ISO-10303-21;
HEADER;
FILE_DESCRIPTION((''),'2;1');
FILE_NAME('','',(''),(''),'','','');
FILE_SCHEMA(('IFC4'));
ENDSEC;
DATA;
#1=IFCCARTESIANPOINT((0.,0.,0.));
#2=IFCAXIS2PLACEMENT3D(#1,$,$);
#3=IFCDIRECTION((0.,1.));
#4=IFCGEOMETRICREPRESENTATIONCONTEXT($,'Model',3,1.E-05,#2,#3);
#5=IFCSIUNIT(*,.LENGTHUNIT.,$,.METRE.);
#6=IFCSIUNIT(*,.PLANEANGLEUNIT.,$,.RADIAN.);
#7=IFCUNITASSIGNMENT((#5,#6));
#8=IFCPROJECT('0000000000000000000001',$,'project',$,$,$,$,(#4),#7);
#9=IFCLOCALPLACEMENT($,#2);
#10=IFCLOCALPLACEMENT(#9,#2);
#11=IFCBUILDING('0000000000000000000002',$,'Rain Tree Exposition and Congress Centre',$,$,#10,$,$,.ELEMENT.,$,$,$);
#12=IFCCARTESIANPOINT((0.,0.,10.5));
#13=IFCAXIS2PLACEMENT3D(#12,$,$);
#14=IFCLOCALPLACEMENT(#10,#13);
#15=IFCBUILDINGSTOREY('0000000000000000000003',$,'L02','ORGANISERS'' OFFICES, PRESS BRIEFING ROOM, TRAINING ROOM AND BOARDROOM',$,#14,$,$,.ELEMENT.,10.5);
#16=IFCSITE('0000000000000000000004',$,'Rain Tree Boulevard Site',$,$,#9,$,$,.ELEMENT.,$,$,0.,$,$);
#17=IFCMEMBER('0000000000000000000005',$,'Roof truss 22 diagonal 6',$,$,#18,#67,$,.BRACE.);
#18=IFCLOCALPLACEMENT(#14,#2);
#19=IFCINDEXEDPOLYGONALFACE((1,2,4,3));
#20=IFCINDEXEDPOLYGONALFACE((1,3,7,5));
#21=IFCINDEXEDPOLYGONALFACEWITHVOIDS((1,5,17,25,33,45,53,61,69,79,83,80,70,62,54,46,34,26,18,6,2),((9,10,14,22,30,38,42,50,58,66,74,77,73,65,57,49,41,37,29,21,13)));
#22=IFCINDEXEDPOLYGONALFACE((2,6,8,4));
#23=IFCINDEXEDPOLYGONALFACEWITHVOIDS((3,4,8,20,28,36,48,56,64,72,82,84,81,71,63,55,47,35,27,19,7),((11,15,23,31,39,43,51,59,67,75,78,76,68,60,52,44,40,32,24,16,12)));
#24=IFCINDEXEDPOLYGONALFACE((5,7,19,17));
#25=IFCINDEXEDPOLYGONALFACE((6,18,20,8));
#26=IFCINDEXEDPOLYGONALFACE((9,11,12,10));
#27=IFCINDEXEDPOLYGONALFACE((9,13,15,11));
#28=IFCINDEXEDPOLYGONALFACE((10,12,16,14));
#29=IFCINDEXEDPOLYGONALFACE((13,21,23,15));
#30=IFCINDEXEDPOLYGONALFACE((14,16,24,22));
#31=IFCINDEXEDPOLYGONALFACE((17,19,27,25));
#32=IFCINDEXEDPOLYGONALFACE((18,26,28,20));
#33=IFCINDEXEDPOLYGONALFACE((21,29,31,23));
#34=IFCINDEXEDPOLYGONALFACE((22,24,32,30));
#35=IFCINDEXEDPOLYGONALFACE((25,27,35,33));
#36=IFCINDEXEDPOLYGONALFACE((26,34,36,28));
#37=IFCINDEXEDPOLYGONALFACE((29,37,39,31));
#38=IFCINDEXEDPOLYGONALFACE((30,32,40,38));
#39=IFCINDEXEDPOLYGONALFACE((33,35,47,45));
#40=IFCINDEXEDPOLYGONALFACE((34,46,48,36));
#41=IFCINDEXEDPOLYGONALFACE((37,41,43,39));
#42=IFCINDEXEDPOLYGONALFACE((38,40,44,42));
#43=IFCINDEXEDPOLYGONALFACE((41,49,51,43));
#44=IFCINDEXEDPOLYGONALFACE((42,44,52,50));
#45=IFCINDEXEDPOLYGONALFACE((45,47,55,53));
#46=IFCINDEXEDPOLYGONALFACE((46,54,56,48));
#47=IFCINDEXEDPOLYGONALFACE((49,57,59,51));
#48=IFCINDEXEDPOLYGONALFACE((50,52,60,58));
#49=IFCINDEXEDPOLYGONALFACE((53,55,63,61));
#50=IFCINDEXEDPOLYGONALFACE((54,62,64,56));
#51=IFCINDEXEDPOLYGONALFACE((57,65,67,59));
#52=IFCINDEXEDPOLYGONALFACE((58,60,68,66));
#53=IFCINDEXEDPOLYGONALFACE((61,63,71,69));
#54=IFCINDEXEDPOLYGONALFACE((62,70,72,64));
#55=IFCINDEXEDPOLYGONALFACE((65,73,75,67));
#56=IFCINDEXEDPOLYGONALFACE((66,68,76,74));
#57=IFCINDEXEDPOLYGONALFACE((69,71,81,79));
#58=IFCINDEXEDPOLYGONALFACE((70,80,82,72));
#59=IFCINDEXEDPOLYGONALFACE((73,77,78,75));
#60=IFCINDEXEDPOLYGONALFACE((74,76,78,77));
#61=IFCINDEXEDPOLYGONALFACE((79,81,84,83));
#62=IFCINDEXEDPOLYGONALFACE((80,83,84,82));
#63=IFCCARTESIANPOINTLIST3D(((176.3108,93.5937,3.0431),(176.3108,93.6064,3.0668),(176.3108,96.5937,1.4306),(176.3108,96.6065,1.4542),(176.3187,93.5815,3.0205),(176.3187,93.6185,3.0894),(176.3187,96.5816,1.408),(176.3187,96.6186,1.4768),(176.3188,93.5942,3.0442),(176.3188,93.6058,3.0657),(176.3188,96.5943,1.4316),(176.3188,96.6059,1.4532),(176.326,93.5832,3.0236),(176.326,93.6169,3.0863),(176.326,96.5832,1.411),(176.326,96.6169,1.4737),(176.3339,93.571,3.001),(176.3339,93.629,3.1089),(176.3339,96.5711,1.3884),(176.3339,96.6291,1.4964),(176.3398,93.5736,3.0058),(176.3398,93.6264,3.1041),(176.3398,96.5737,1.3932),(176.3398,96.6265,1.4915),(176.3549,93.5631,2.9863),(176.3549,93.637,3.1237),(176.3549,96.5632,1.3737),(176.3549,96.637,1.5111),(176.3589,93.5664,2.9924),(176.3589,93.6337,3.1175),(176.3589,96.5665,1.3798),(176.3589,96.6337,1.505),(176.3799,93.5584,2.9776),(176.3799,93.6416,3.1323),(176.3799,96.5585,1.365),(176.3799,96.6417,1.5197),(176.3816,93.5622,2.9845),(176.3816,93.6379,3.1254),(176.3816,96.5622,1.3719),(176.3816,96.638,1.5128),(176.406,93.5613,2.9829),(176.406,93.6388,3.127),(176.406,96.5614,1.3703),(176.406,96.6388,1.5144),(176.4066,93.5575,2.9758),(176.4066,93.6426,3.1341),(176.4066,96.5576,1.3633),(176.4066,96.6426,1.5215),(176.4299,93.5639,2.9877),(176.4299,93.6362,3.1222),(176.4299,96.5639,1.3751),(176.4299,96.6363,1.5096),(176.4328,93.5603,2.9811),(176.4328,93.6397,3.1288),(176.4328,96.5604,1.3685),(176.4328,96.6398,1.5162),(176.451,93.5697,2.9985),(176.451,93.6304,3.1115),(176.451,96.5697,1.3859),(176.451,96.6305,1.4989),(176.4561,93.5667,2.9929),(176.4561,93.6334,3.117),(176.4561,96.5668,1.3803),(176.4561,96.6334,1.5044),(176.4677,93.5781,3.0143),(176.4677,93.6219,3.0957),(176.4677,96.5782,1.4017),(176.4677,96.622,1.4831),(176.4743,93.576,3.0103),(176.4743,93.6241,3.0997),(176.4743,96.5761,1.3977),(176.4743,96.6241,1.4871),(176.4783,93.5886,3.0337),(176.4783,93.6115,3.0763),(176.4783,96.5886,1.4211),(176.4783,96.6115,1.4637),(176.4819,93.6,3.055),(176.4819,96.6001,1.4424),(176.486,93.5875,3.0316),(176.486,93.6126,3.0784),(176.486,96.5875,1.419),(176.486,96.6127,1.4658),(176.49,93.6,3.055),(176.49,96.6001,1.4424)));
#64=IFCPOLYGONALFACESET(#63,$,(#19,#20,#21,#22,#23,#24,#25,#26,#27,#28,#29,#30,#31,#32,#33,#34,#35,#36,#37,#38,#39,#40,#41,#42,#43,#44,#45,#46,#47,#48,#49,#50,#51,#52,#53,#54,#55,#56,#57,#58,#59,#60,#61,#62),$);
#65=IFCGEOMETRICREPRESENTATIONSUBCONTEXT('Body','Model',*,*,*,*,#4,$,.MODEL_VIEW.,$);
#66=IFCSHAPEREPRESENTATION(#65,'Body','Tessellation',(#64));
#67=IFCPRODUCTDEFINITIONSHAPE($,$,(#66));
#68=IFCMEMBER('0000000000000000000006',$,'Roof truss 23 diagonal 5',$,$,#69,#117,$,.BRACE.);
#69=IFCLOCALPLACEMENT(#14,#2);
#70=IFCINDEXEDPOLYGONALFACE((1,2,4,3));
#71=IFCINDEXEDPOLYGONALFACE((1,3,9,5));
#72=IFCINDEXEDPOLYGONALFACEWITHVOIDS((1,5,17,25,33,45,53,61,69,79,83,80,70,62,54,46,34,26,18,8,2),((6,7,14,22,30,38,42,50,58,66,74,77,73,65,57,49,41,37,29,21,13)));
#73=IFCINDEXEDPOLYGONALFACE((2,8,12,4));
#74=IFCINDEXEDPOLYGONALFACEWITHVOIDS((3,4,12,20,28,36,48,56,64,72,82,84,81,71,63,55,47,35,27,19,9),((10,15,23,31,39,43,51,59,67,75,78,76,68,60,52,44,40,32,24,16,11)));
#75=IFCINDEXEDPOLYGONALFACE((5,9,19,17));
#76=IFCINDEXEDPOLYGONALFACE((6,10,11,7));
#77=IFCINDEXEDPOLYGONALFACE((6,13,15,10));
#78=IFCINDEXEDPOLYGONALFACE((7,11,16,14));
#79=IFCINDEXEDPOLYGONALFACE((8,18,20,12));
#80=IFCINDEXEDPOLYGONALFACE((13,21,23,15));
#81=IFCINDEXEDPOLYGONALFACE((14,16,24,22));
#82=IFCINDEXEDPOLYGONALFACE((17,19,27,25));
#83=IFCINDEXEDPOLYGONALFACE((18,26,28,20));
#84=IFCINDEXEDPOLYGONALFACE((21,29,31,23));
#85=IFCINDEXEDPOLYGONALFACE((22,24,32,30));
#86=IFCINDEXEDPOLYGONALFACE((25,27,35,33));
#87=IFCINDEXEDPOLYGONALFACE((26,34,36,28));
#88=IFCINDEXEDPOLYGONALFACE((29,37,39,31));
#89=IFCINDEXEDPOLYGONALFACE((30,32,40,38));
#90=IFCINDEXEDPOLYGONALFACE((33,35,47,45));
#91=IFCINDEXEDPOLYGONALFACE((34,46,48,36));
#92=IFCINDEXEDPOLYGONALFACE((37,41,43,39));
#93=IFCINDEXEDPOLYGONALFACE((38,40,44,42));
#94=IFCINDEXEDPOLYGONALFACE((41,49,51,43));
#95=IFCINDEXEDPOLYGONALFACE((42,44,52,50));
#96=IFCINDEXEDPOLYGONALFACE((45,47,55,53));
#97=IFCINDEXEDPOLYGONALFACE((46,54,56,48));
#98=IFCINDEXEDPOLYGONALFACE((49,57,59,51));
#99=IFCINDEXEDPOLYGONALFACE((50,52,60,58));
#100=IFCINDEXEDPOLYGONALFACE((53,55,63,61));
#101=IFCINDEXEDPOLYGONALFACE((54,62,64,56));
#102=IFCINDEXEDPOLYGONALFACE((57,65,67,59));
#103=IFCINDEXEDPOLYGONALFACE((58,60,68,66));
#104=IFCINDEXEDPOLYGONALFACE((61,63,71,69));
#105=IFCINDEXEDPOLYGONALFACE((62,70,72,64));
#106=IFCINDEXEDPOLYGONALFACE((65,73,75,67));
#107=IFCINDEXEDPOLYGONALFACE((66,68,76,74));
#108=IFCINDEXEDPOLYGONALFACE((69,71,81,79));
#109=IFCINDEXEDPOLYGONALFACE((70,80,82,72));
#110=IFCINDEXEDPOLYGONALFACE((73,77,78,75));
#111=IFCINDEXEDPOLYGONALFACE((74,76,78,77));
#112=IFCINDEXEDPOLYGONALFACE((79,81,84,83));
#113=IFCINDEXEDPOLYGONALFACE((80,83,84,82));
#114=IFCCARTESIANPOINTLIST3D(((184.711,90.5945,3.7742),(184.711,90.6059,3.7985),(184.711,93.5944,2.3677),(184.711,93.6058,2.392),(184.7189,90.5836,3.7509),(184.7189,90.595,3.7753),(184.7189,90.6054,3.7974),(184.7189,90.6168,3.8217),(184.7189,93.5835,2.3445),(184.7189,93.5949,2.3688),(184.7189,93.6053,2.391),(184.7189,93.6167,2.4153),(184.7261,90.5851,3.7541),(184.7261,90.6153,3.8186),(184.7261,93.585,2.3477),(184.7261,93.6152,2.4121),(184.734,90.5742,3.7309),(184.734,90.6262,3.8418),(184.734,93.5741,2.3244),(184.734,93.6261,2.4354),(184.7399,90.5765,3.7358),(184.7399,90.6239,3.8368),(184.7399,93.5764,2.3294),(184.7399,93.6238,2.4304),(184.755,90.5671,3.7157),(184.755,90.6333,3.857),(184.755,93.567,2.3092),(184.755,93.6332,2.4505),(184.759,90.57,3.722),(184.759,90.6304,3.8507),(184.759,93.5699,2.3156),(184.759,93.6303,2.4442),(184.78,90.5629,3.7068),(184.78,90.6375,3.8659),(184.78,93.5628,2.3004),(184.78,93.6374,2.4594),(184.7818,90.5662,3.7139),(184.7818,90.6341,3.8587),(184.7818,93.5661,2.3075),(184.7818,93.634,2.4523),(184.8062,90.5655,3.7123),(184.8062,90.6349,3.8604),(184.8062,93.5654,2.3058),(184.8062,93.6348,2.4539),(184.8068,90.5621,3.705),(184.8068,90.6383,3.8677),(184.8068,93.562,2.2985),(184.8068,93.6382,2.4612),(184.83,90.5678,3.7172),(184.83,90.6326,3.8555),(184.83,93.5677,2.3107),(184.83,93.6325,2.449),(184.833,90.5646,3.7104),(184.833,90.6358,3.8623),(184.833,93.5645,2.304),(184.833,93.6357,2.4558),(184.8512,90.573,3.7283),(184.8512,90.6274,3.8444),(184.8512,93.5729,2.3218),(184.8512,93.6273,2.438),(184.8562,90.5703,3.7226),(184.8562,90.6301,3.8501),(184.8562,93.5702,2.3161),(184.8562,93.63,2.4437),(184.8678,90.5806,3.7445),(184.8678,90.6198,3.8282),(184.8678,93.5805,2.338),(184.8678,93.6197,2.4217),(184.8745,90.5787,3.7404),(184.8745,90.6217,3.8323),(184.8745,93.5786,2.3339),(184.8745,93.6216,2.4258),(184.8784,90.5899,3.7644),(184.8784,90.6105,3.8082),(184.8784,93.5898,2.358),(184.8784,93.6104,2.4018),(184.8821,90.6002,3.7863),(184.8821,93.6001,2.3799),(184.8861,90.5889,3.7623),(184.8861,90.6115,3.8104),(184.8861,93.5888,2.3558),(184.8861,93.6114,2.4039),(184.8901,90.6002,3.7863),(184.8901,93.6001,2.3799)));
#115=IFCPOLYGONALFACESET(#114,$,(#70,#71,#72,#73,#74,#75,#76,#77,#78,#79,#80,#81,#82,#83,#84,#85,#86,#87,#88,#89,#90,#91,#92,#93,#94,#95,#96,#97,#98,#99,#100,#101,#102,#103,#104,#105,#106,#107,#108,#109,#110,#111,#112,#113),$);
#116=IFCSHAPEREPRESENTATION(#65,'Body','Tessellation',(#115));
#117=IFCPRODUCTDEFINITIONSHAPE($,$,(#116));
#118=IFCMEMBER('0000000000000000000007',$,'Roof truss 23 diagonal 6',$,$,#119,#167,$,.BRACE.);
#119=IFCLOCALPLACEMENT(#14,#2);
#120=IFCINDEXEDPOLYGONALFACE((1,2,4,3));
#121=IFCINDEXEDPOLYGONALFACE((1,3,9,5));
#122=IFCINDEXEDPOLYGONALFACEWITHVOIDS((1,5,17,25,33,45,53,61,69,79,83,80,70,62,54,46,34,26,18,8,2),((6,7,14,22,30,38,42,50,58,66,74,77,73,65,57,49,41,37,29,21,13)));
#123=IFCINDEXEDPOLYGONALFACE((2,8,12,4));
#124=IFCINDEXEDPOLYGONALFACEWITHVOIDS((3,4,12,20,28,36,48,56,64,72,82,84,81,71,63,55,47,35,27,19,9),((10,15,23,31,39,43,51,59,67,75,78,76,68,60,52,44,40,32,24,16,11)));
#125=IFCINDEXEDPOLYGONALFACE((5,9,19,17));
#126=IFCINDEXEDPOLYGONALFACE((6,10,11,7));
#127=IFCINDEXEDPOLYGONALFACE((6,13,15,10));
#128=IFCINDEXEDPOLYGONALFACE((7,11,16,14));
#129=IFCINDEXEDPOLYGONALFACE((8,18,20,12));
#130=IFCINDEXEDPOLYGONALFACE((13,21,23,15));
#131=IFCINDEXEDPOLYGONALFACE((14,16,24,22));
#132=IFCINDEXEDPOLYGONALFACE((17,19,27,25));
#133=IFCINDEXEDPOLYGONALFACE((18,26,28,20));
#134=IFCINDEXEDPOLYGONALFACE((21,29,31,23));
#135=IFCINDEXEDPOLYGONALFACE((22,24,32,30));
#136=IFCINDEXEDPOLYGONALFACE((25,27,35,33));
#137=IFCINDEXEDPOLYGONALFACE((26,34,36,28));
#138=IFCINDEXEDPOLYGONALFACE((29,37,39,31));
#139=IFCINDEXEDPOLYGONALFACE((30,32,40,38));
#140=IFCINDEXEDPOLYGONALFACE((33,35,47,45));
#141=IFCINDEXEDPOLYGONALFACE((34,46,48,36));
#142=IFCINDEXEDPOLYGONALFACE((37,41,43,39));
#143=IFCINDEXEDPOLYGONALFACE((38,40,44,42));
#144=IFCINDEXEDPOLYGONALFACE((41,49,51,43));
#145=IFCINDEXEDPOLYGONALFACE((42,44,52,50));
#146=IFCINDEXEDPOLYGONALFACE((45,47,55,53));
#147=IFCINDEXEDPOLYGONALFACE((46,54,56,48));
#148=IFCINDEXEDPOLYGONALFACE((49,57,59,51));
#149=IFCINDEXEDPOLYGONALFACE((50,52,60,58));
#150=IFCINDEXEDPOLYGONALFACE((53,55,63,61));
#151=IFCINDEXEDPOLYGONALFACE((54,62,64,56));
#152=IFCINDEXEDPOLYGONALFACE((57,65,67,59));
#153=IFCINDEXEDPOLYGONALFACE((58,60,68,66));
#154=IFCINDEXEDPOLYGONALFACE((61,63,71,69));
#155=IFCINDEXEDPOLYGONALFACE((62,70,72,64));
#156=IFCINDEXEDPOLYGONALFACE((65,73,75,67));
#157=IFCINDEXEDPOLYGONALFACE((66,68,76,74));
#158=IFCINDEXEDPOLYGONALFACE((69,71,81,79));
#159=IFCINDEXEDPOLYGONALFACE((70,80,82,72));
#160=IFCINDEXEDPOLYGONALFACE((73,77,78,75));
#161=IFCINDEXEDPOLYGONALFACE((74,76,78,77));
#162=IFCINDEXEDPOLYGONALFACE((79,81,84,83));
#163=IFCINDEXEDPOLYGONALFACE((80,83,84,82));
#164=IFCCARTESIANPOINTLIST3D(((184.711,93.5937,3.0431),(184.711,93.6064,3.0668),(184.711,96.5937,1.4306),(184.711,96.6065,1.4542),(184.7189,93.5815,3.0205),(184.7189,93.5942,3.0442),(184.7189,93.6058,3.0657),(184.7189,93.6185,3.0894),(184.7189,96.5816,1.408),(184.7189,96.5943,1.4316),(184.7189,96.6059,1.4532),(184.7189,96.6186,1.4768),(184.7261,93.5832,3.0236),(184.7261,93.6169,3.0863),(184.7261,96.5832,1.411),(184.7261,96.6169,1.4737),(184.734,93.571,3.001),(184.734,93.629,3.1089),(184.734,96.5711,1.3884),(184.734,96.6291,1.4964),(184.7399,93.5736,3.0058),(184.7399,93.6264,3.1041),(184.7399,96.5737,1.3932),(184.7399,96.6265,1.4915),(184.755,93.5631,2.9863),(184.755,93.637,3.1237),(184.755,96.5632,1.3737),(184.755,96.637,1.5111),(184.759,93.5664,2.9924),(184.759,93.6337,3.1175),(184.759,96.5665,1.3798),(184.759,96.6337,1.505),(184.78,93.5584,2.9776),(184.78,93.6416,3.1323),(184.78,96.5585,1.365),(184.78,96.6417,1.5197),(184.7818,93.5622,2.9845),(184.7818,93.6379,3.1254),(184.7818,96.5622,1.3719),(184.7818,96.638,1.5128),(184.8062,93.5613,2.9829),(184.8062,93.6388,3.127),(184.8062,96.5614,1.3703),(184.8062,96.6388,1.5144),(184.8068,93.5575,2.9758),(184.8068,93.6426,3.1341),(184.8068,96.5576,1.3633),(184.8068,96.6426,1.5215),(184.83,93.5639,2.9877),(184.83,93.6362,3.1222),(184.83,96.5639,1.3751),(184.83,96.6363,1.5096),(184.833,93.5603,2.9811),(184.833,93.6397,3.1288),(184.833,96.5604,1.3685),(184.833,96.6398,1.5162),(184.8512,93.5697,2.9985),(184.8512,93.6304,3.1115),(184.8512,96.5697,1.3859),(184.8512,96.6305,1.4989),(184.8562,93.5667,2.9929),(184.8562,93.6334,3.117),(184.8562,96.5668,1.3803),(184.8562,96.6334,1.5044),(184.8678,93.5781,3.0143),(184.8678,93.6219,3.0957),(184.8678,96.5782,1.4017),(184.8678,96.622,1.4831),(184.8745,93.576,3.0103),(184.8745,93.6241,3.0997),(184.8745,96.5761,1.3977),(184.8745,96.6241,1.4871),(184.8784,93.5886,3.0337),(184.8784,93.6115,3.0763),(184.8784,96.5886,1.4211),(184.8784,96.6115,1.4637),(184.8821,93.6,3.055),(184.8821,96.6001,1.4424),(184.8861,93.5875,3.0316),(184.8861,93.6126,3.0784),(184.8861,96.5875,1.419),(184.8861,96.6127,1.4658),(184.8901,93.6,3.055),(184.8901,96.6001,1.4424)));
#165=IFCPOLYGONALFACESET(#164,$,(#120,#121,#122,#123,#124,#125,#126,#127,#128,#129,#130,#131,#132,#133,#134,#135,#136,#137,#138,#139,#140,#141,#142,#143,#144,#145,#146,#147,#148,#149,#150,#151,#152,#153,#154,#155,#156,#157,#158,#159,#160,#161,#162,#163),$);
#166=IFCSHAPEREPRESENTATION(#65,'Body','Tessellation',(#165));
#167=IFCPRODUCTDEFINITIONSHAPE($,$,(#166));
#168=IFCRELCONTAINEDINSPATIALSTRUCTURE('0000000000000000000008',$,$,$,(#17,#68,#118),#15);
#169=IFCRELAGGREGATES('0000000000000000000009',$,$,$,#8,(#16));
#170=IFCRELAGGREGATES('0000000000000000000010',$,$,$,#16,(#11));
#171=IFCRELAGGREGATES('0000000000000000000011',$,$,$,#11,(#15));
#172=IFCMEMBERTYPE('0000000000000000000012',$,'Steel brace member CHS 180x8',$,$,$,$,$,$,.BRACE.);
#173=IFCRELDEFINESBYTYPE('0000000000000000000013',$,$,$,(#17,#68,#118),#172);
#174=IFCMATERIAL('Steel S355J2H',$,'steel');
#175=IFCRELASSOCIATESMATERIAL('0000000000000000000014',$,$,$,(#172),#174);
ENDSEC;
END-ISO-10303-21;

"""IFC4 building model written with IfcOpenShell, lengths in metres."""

from ifc_helpers import new_model, si_unit, direction, frame, origin, origin_2d, place, context, subcontext, project, spatial, hollow_circle, extrude, material, material_profile, profile_set, type_object, element, save


model = new_model("IFC4")

# Units and contexts
model_context = context("Model", 3, precision=1e-05, world=origin(), true_north=direction((0.0, 1.0)))
body_context = subcontext(model_context, "Body", "Model", "MODEL_VIEW")
ifc_project = project(units=[si_unit("LENGTHUNIT", "METRE"), si_unit("PLANEANGLEUNIT", "RADIAN")], contexts=[model_context])

# Site, building, storey
site_placement = place(None, origin())
site = spatial("IfcSite", under=ifc_project, at=site_placement, Name="Rain Tree Boulevard Site", CompositionType="ELEMENT", RefElevation=0.0)
building_placement = place(site_placement, origin())
building = spatial("IfcBuilding", under=site, at=building_placement, Name="Rain Tree Exposition and Congress Centre", CompositionType="ELEMENT")
storey_placement = place(building_placement, frame((0.0, 0.0, 10.5)))
storey = spatial("IfcBuildingStorey", under=building, at=storey_placement, Name="L02", Description="ORGANISERS' OFFICES, PRESS BRIEFING ROOM, TRAINING ROOM AND BOARDROOM", CompositionType="ELEMENT", Elevation=10.5)

# Members
ifc_material_1 = material(Name="Steel S355J2H", Category="steel")
ifc_material_profile_1 = material_profile(ifc_material_1, hollow_circle(Radius=0.0901, WallThickness=0.0081, at=origin_2d()), Name="CHS 180x8")
ifc_profile_set_1 = profile_set([ifc_material_profile_1], Name="Steel S355J2H")
member_type_1 = type_object("IfcMemberType", Name="Steel brace member CHS 180x8", PredefinedType="BRACE", material=ifc_profile_set_1)
member_1_placement = place(storey_placement, frame((176.3999, 96.6001, 1.4424), z_axis=(0.0, -0.880818, 0.473454), x_axis=(1.0, 0.0, 0.0)))
element("IfcMember", 1, at=member_1_placement, inside=storey, type_object=member_type_1, Name="Roof truss 22 diagonal 6", PredefinedType="BRACE", context=body_context, shape_type="SweptSolid", body=[
    extrude(hollow_circle(Radius=0.0901, WallThickness=0.0081, at=origin_2d()), origin(), (0.0, 0.0, 1.0), 3.406),
])
member_2_placement = place(storey_placement, frame((184.8, 93.6001, 2.3799), z_axis=(0.0, -0.905431, 0.424494), x_axis=(1.0, 0.0, 0.0)))
element("IfcMember", 2, at=member_2_placement, inside=storey, type_object=member_type_1, Name="Roof truss 23 diagonal 5", PredefinedType="BRACE", context=body_context, shape_type="SweptSolid", body=[
    extrude(hollow_circle(Radius=0.0901, WallThickness=0.0081, at=origin_2d()), origin(), (0.0, 0.0, 1.0), 3.3132),
])
member_3_placement = place(storey_placement, frame((184.8, 96.6001, 1.4424), z_axis=(0.0, -0.880818, 0.473454), x_axis=(1.0, 0.0, 0.0)))
element("IfcMember", 3, at=member_3_placement, inside=storey, type_object=member_type_1, Name="Roof truss 23 diagonal 6", PredefinedType="BRACE", context=body_context, shape_type="SweptSolid", body=[
    extrude(hollow_circle(Radius=0.0901, WallThickness=0.0081, at=origin_2d()), origin(), (0.0, 0.0, 1.0), 3.406),
])

save(model, "model.ifc")
